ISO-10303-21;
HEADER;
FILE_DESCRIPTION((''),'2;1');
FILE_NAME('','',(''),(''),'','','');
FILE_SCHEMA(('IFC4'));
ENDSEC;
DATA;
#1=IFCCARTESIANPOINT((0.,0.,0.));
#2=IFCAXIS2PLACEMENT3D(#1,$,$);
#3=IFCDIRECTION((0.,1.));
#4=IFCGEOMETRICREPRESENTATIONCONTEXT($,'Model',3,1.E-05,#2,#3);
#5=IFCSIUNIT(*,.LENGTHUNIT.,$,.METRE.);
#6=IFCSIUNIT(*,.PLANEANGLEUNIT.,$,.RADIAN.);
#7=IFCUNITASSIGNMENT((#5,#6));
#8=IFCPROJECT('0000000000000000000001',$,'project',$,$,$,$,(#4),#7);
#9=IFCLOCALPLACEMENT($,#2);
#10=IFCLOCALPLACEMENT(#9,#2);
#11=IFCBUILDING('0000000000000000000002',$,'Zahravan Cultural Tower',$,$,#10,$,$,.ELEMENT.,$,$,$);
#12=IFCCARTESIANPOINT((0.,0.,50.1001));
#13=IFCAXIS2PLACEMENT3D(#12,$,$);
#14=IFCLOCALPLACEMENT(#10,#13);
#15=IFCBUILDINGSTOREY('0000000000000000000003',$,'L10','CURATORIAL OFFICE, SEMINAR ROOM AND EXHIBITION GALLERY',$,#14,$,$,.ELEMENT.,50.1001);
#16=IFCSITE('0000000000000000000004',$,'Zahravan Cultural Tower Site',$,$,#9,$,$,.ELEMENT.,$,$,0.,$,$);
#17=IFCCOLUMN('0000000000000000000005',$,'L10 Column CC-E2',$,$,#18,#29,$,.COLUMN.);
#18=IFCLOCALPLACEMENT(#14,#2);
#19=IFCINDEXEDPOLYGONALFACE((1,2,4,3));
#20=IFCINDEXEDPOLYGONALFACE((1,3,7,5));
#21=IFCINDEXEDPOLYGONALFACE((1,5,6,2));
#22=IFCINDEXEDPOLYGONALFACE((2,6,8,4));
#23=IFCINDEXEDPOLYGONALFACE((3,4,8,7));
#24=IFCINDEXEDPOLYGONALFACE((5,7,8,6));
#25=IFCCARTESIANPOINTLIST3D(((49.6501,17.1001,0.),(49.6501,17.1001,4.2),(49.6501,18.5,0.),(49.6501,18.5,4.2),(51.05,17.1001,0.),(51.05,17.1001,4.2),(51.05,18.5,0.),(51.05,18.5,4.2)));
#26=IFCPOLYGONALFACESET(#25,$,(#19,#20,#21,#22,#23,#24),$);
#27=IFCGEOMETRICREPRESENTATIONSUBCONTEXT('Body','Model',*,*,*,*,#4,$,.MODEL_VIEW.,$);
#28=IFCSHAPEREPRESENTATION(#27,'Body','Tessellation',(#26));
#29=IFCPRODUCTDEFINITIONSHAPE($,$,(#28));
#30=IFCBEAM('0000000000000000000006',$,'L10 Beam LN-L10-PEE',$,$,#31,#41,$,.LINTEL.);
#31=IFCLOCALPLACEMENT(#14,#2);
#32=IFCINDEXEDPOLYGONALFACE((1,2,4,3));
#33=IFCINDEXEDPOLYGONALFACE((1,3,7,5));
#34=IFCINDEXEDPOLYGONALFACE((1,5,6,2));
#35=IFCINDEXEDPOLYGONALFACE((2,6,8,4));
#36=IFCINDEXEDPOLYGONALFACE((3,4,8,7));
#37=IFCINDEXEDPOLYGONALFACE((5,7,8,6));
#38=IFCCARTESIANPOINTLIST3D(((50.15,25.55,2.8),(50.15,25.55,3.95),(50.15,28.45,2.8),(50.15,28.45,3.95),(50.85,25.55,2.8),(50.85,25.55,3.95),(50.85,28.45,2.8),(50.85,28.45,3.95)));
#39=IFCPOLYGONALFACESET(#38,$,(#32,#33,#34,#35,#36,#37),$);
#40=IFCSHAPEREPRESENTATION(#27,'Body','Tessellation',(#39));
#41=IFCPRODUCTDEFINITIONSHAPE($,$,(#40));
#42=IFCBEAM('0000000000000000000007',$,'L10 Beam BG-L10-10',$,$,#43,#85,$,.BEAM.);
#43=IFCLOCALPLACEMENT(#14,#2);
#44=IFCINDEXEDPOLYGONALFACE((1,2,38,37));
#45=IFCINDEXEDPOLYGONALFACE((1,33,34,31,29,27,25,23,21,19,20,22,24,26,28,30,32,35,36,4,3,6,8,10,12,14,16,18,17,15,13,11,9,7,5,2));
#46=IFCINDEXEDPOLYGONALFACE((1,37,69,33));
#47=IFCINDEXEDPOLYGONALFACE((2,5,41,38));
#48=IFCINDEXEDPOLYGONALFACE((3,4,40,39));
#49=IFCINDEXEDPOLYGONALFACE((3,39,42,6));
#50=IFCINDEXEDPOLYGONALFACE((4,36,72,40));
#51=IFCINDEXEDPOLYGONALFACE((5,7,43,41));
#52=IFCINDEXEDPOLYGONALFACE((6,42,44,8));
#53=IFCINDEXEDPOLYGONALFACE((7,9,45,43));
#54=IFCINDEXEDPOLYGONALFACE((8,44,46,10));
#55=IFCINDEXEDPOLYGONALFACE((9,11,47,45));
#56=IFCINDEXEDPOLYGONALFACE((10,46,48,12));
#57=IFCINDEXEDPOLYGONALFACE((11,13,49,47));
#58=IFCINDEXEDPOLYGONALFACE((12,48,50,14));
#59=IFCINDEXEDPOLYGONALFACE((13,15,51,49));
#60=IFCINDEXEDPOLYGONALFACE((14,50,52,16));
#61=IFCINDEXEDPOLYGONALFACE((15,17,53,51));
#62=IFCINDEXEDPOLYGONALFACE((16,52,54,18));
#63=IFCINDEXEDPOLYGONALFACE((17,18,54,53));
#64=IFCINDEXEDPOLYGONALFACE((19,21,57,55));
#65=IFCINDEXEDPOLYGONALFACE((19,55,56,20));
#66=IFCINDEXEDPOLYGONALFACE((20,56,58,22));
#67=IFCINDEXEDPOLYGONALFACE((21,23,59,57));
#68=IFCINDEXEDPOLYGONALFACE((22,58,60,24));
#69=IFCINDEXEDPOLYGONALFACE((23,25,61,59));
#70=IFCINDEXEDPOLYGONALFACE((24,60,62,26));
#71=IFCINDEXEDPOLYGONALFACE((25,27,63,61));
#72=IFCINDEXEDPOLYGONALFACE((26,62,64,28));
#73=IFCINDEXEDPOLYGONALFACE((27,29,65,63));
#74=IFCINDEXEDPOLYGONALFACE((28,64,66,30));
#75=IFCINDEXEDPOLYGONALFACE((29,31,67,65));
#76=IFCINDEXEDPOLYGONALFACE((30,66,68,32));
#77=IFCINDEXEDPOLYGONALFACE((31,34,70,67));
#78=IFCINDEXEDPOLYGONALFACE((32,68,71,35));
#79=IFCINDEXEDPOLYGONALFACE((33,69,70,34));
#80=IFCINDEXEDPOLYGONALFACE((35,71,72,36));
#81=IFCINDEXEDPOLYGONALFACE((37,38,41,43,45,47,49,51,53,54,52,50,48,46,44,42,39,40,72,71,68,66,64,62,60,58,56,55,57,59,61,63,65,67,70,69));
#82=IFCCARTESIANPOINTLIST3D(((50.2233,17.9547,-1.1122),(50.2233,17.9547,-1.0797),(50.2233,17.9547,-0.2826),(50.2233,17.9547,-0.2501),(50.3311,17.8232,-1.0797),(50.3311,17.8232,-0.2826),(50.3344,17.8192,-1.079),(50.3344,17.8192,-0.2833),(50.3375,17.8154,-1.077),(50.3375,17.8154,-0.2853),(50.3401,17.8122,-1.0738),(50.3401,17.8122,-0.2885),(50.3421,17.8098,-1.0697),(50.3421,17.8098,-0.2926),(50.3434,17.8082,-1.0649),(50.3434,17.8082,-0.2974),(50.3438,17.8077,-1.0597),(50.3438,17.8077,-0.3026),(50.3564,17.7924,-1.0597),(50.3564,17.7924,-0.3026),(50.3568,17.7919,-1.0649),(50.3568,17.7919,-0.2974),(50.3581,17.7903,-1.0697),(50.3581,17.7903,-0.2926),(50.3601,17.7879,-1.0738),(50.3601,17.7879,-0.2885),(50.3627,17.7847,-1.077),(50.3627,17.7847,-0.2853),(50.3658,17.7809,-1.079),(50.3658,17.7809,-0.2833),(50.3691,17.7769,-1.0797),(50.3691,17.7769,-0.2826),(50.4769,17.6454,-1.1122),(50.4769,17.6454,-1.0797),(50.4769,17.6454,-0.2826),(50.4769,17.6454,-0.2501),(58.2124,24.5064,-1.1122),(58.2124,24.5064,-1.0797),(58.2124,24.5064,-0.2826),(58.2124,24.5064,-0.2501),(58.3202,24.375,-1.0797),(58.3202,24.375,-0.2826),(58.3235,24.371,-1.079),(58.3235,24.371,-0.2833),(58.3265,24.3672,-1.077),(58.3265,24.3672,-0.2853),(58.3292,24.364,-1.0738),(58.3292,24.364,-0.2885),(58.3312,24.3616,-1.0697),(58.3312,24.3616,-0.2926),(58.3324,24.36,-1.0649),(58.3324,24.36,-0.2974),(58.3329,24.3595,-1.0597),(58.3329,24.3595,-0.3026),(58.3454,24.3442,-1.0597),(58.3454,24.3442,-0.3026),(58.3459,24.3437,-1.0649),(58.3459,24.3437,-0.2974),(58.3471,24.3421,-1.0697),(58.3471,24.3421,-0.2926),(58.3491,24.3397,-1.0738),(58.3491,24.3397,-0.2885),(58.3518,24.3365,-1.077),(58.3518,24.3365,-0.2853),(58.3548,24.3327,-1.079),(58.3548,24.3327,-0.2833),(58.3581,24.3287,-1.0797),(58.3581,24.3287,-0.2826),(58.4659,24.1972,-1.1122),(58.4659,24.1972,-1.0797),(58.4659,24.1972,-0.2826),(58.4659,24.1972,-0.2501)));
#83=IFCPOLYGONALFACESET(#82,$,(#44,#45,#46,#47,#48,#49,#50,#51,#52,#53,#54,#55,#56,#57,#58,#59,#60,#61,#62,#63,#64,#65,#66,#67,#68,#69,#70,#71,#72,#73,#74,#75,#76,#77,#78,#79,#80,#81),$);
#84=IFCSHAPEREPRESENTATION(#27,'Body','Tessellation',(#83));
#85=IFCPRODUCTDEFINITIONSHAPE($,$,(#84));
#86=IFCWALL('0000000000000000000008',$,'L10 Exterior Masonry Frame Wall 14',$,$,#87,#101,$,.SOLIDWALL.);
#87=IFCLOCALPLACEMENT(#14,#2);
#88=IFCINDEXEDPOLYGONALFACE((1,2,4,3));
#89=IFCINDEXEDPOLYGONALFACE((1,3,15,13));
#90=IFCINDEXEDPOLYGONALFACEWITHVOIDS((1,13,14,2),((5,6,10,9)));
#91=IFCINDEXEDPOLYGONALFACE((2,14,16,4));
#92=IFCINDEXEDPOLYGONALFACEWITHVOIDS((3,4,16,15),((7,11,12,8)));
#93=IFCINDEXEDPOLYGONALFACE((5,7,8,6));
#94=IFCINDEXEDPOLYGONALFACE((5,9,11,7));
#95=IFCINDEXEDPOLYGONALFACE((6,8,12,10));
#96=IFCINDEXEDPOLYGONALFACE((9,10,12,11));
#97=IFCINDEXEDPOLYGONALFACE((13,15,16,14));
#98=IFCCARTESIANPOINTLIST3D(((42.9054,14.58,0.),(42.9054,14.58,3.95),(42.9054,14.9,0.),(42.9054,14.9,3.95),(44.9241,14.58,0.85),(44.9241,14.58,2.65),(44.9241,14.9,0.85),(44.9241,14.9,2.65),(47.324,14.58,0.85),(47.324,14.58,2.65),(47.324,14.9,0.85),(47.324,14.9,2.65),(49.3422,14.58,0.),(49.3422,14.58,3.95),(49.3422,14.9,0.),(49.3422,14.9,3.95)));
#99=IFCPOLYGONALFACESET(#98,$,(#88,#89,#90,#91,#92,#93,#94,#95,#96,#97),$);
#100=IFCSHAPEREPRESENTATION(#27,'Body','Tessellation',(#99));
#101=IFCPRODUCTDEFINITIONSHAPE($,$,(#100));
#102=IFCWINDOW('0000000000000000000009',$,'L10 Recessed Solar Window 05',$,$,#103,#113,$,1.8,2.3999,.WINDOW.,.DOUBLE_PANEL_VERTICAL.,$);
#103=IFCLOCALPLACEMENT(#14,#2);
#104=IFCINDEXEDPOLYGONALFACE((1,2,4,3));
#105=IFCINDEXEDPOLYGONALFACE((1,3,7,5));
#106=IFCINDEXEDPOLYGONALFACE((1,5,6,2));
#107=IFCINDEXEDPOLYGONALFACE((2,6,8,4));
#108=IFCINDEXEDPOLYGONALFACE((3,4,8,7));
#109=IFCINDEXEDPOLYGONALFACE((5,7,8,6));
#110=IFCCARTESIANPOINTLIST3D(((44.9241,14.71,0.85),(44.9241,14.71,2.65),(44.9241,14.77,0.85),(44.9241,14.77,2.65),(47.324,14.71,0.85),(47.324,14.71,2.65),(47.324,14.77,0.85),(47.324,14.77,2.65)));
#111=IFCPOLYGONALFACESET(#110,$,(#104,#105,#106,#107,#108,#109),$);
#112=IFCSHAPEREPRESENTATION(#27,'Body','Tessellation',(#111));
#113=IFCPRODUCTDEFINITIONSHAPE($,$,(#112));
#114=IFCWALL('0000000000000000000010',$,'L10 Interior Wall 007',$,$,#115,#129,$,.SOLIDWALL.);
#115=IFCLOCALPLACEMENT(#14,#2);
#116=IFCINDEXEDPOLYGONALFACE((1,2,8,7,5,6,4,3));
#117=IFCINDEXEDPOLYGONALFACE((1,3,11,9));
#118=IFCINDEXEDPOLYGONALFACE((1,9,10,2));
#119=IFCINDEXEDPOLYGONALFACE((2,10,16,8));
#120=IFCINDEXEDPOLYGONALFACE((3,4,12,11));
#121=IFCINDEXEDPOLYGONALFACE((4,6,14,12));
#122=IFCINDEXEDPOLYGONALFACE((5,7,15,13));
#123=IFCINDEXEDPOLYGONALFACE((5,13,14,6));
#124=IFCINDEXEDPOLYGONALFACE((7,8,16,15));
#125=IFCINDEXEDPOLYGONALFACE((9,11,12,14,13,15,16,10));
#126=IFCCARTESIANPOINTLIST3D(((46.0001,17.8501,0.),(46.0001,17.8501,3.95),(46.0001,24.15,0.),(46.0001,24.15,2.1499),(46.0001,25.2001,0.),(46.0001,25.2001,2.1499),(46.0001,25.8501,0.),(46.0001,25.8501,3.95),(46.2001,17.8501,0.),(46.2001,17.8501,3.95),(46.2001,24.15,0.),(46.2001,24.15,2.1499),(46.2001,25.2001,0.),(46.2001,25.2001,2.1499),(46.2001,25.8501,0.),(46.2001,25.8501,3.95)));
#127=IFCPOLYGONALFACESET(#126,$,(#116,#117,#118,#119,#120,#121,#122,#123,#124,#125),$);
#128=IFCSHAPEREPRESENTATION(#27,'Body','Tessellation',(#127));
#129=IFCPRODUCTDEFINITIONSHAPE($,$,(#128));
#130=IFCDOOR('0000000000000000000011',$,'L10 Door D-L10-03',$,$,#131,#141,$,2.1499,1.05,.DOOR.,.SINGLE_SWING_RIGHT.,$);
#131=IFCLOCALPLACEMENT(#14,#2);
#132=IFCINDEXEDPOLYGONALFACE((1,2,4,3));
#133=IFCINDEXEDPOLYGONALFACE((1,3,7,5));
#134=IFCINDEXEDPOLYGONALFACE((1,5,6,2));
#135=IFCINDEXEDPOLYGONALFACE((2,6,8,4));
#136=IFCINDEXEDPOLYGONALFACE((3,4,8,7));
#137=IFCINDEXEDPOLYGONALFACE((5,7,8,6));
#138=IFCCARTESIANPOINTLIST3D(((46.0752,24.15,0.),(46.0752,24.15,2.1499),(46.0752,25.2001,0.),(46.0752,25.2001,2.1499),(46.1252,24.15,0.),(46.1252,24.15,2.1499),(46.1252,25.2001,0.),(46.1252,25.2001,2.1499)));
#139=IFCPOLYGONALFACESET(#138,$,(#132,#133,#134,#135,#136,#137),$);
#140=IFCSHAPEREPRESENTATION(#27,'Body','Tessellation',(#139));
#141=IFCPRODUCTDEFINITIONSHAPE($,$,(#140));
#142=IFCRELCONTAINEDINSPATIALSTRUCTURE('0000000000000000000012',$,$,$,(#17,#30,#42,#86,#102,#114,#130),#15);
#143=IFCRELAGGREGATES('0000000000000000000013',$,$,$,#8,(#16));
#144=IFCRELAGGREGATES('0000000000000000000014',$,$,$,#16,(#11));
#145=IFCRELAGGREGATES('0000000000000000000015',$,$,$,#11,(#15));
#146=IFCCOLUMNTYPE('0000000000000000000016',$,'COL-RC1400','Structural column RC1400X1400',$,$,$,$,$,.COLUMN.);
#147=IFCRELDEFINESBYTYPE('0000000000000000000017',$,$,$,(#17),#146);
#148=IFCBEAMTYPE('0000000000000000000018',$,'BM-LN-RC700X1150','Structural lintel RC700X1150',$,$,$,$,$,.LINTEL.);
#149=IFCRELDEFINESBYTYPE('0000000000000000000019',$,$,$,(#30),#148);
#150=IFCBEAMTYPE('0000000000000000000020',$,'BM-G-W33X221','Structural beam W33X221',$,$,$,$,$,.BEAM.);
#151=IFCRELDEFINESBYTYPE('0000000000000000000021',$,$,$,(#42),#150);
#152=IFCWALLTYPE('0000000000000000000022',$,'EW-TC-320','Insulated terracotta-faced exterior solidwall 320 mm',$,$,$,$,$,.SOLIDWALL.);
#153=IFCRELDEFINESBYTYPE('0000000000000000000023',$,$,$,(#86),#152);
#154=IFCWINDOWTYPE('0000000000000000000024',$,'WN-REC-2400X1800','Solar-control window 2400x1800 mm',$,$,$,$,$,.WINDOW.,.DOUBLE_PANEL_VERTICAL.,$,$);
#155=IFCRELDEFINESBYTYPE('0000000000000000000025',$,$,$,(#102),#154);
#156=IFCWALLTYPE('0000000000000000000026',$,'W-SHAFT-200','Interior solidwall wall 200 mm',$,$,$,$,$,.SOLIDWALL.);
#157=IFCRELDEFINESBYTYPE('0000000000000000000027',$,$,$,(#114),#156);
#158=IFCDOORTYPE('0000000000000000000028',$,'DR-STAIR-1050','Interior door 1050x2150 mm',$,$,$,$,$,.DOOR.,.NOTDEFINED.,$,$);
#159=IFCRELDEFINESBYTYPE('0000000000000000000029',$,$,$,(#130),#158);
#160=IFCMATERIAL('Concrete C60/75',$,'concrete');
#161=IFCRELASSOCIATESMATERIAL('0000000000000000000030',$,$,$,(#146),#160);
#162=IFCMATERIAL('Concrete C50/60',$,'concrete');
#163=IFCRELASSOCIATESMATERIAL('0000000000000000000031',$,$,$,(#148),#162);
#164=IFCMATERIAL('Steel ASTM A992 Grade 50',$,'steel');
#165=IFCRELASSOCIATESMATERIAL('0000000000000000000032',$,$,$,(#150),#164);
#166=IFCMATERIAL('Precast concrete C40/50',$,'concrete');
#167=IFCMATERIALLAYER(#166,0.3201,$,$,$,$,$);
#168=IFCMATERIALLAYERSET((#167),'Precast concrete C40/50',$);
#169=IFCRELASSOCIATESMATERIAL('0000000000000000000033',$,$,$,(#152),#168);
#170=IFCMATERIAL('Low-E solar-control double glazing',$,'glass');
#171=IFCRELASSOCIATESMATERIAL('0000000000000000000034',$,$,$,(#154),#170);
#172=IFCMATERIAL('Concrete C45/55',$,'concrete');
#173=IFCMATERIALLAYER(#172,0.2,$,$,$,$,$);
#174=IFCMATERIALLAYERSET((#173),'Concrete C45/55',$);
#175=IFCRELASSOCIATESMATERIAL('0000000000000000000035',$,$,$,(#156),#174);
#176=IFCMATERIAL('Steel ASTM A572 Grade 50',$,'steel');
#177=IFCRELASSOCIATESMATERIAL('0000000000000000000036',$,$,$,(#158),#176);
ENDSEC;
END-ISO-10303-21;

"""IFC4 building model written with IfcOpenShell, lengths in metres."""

from ifc_helpers import new_model, si_unit, direction, frame, frame_2d, origin, origin_2d, place, context, subcontext, project, spatial, rectangle, i_section, extrude, source, transform, mapped, material, layer, layer_set, material_profile, profile_set, type_object, element, fill, save


model = new_model("IFC4")

# Units and contexts
model_context = context("Model", 3, precision=1e-05, world=origin(), true_north=direction((0.0, 1.0)))
body_context = subcontext(model_context, "Body", "Model", "MODEL_VIEW")
ifc_project = project(units=[si_unit("LENGTHUNIT", "METRE"), si_unit("PLANEANGLEUNIT", "RADIAN")], contexts=[model_context])

# Site, building, storey
site_placement = place(None, origin())
site = spatial("IfcSite", under=ifc_project, at=site_placement, Name="Zahravan Cultural Tower Site", CompositionType="ELEMENT", RefElevation=0.0)
building_placement = place(site_placement, origin())
building = spatial("IfcBuilding", under=site, at=building_placement, Name="Zahravan Cultural Tower", CompositionType="ELEMENT")
storey_placement = place(building_placement, frame((0.0, 0.0, 50.1001)))
storey = spatial("IfcBuildingStorey", under=building, at=storey_placement, Name="L10", Description="CURATORIAL OFFICE, SEMINAR ROOM AND EXHIBITION GALLERY", CompositionType="ELEMENT", Elevation=50.1001)

# Column
ifc_material_1 = material(Name="Concrete C60/75", Category="concrete")
ifc_material_profile_1 = material_profile(ifc_material_1, rectangle(XDim=1.3999, YDim=1.3999, at=origin_2d()), Name="RC1400X1400")
ifc_profile_set_1 = profile_set([ifc_material_profile_1], Name="Concrete C60/75")
column_type = type_object("IfcColumnType", Name="COL-RC1400", Description="Structural column RC1400X1400", PredefinedType="COLUMN", material=ifc_profile_set_1)
shared_shape_1 = source(origin(), body_context, "Body", "SweptSolid", [
    extrude(rectangle(XDim=1.3999, YDim=1.3999, at=origin_2d()), origin(), (0.0, 0.0, 1.0), 4.2),
])
column_placement = place(storey_placement, frame((50.3501, 17.8, 0.0), z_axis=(0.0, 0.0, 1.0), x_axis=(1.0, 0.0, 0.0)))
element("IfcColumn", 1, at=column_placement, inside=storey, type_object=column_type, Name="L10 Column CC-E2", PredefinedType="COLUMN", context=body_context, shape_type="MappedRepresentation", body=[
    mapped(shared_shape_1, transform((0.0, 0.0, 0.0), x_axis=(1.0, 0.0, 0.0), y_axis=(0.0, 1.0, 0.0), z_axis=(0.0, 0.0, 1.0), scale=1.0)),
])

# Beams
ifc_material_2 = material(Name="Concrete C50/60", Category="concrete")
ifc_material_profile_2 = material_profile(ifc_material_2, rectangle(XDim=0.7, YDim=1.1499, at=origin_2d()), Name="RC700X1150")
ifc_profile_set_2 = profile_set([ifc_material_profile_2], Name="Concrete C50/60")
beam_type_1 = type_object("IfcBeamType", Name="BM-LN-RC700X1150", Description="Structural lintel RC700X1150", PredefinedType="LINTEL", material=ifc_profile_set_2)
shared_shape_2 = source(origin(), body_context, "Body", "SweptSolid", [
    extrude(rectangle(XDim=0.7, YDim=1.1499, at=origin_2d()), origin(), (0.0, 0.0, 1.0), 2.8999),
])
beam_1_placement = place(storey_placement, frame((50.5, 25.55, 3.375), z_axis=(0.0, 1.0, 0.0), x_axis=(-1.0, 0.0, 0.0)))
element("IfcBeam", 2, at=beam_1_placement, inside=storey, type_object=beam_type_1, Name="L10 Beam LN-L10-PEE", PredefinedType="LINTEL", context=body_context, shape_type="MappedRepresentation", body=[
    mapped(shared_shape_2, transform((0.0, 0.0, 0.0), x_axis=(1.0, 0.0, 0.0), y_axis=(0.0, 1.0, 0.0), z_axis=(0.0, 0.0, 1.0), scale=1.0)),
])
ifc_material_3 = material(Name="Steel ASTM A992 Grade 50", Category="steel")
ifc_material_profile_3 = material_profile(ifc_material_3, i_section(OverallWidth=0.3999, OverallDepth=0.8621, WebThickness=0.0198, FlangeThickness=0.0325, FilletRadius=0.02, at=origin_2d()), Name="W33X221")
ifc_profile_set_3 = profile_set([ifc_material_profile_3], Name="Steel ASTM A992 Grade 50")
beam_type_2 = type_object("IfcBeamType", Name="BM-G-W33X221", Description="Structural beam W33X221", PredefinedType="BEAM", material=ifc_profile_set_3)
shared_shape_3 = source(origin(), body_context, "Body", "SweptSolid", [
    extrude(i_section(OverallWidth=0.3999, OverallDepth=0.8621, WebThickness=0.0198, FlangeThickness=0.0325, FilletRadius=0.02, at=origin_2d()), origin(), (0.0, 0.0, 1.0), 10.332),
])
beam_2_placement = place(storey_placement, frame((50.3501, 17.8, -0.6812), z_axis=(0.773231, 0.634124, 0.0), x_axis=(-0.634124, 0.773231, 0.0)))
element("IfcBeam", 3, at=beam_2_placement, inside=storey, type_object=beam_type_2, Name="L10 Beam BG-L10-10", PredefinedType="BEAM", context=body_context, shape_type="MappedRepresentation", body=[
    mapped(shared_shape_3, transform((0.0, 0.0, 0.0), x_axis=(1.0, 0.0, 0.0), y_axis=(0.0, 1.0, 0.0), z_axis=(0.0, 0.0, 1.0), scale=1.0)),
])

# Wall, opening, window
ifc_material_4 = material(Name="Precast concrete C40/50", Category="concrete")
ifc_layer_1 = layer(ifc_material_4, 0.3201)
ifc_layer_set_1 = layer_set([ifc_layer_1], Name="Precast concrete C40/50")
wall_type_1 = type_object("IfcWallType", Name="EW-TC-320", Description="Insulated terracotta-faced exterior solidwall 320 mm", PredefinedType="SOLIDWALL", material=ifc_layer_set_1)
wall_1_placement = place(storey_placement, frame((49.342, 14.74, 0.0), z_axis=(0.0, 0.0, 1.0), x_axis=(-1.0, 0.0, 0.0)))
wall_1 = element("IfcWall", 4, at=wall_1_placement, inside=storey, type_object=wall_type_1, Name="L10 Exterior Masonry Frame Wall 14", PredefinedType="SOLIDWALL", context=body_context, shape_type="SweptSolid", body=[
    extrude(rectangle(XDim=6.4368, YDim=0.3201, at=frame_2d((3.2183, 0.0))), origin(), (0.0, 0.0, 1.0), 3.95),
])
opening_1_placement = place(wall_1_placement, frame((2.0181, 0.0, 0.8501)))
opening_1 = element("IfcOpeningElement", 5, at=opening_1_placement, cuts=wall_1, PredefinedType="OPENING", context=body_context, shape_type="SweptSolid", body=[
    extrude(rectangle(XDim=2.3999, YDim=1.8, at=frame_2d((1.2, 0.8999))), frame((0.0, 0.1699, 0.0), z_axis=(0.0, -1.0, 0.0), x_axis=(1.0, 0.0, 0.0)), (0.0, 0.0, 1.0), 0.3401),
])
ifc_material_5 = material(Name="Low-E solar-control double glazing", Category="glass")
window_type = type_object("IfcWindowType", Name="WN-REC-2400X1800", Description="Solar-control window 2400x1800 mm", PartitioningType="DOUBLE_PANEL_VERTICAL", PredefinedType="WINDOW", material=ifc_material_5)
shared_shape_4 = source(origin(), body_context, "Body", "SweptSolid", [
    extrude(rectangle(XDim=2.3999, YDim=1.8, at=frame_2d((1.2, 0.8999))), frame((0.0, 0.03, 0.0), z_axis=(0.0, -1.0, 0.0), x_axis=(1.0, 0.0, 0.0)), (0.0, 0.0, 1.0), 0.0601),
])
window_placement = place(opening_1_placement, origin())
window = element("IfcWindow", 6, at=window_placement, inside=storey, type_object=window_type, Name="L10 Recessed Solar Window 05", OverallHeight=1.8, OverallWidth=2.3999, PartitioningType="DOUBLE_PANEL_VERTICAL", PredefinedType="WINDOW", context=body_context, shape_type="MappedRepresentation", body=[
    mapped(shared_shape_4, transform((0.0, 0.0, 0.0), x_axis=(1.0, 0.0, 0.0), y_axis=(0.0, 1.0, 0.0), z_axis=(0.0, 0.0, 1.0), scale=1.0)),
])
fill(opening_1, window)

# Wall, opening, door
ifc_material_6 = material(Name="Concrete C45/55", Category="concrete")
ifc_layer_2 = layer(ifc_material_6, 0.2)
ifc_layer_set_2 = layer_set([ifc_layer_2], Name="Concrete C45/55")
wall_type_2 = type_object("IfcWallType", Name="W-SHAFT-200", Description="Interior solidwall wall 200 mm", PredefinedType="SOLIDWALL", material=ifc_layer_set_2)
wall_2_placement = place(storey_placement, frame((46.1001, 17.8501, 0.0), z_axis=(0.0, 0.0, 1.0), x_axis=(0.0, 1.0, 0.0)))
wall_2 = element("IfcWall", 7, at=wall_2_placement, inside=storey, type_object=wall_type_2, Name="L10 Interior Wall 007", PredefinedType="SOLIDWALL", context=body_context, shape_type="SweptSolid", body=[
    extrude(rectangle(XDim=8.0, YDim=0.2, at=frame_2d((4.0, 0.0))), origin(), (0.0, 0.0, 1.0), 3.95),
])
opening_2_placement = place(wall_2_placement, frame((6.3, 0.0, 0.0)))
opening_2 = element("IfcOpeningElement", 8, at=opening_2_placement, cuts=wall_2, PredefinedType="OPENING", context=body_context, shape_type="SweptSolid", body=[
    extrude(rectangle(XDim=1.05, YDim=2.1499, at=frame_2d((0.5249, 1.075))), frame((0.0, 0.1099, 0.0), z_axis=(0.0, -1.0, 0.0), x_axis=(1.0, 0.0, 0.0)), (0.0, 0.0, 1.0), 0.22),
])
ifc_material_7 = material(Name="Steel ASTM A572 Grade 50", Category="steel")
door_type = type_object("IfcDoorType", Name="DR-STAIR-1050", Description="Interior door 1050x2150 mm", OperationType="NOTDEFINED", PredefinedType="DOOR", material=ifc_material_7)
shared_shape_5 = source(origin(), body_context, "Body", "SweptSolid", [
    extrude(rectangle(XDim=1.05, YDim=2.1499, at=frame_2d((0.5249, 1.075))), frame((0.0, 0.0249, 0.0), z_axis=(0.0, -1.0, 0.0), x_axis=(1.0, 0.0, 0.0)), (0.0, 0.0, 1.0), 0.05),
])
door_1_placement = place(opening_2_placement, origin())
door_1 = element("IfcDoor", 9, at=door_1_placement, inside=storey, type_object=door_type, Name="L10 Door D-L10-03", OperationType="SINGLE_SWING_RIGHT", OverallHeight=2.1499, OverallWidth=1.05, PredefinedType="DOOR", context=body_context, shape_type="MappedRepresentation", body=[
    mapped(shared_shape_5, transform((0.0, 0.0, 0.0), x_axis=(1.0, 0.0, 0.0), y_axis=(0.0, 1.0, 0.0), z_axis=(0.0, 0.0, 1.0), scale=1.0)),
])
fill(opening_2, door_1)

save(model, "model.ifc")
